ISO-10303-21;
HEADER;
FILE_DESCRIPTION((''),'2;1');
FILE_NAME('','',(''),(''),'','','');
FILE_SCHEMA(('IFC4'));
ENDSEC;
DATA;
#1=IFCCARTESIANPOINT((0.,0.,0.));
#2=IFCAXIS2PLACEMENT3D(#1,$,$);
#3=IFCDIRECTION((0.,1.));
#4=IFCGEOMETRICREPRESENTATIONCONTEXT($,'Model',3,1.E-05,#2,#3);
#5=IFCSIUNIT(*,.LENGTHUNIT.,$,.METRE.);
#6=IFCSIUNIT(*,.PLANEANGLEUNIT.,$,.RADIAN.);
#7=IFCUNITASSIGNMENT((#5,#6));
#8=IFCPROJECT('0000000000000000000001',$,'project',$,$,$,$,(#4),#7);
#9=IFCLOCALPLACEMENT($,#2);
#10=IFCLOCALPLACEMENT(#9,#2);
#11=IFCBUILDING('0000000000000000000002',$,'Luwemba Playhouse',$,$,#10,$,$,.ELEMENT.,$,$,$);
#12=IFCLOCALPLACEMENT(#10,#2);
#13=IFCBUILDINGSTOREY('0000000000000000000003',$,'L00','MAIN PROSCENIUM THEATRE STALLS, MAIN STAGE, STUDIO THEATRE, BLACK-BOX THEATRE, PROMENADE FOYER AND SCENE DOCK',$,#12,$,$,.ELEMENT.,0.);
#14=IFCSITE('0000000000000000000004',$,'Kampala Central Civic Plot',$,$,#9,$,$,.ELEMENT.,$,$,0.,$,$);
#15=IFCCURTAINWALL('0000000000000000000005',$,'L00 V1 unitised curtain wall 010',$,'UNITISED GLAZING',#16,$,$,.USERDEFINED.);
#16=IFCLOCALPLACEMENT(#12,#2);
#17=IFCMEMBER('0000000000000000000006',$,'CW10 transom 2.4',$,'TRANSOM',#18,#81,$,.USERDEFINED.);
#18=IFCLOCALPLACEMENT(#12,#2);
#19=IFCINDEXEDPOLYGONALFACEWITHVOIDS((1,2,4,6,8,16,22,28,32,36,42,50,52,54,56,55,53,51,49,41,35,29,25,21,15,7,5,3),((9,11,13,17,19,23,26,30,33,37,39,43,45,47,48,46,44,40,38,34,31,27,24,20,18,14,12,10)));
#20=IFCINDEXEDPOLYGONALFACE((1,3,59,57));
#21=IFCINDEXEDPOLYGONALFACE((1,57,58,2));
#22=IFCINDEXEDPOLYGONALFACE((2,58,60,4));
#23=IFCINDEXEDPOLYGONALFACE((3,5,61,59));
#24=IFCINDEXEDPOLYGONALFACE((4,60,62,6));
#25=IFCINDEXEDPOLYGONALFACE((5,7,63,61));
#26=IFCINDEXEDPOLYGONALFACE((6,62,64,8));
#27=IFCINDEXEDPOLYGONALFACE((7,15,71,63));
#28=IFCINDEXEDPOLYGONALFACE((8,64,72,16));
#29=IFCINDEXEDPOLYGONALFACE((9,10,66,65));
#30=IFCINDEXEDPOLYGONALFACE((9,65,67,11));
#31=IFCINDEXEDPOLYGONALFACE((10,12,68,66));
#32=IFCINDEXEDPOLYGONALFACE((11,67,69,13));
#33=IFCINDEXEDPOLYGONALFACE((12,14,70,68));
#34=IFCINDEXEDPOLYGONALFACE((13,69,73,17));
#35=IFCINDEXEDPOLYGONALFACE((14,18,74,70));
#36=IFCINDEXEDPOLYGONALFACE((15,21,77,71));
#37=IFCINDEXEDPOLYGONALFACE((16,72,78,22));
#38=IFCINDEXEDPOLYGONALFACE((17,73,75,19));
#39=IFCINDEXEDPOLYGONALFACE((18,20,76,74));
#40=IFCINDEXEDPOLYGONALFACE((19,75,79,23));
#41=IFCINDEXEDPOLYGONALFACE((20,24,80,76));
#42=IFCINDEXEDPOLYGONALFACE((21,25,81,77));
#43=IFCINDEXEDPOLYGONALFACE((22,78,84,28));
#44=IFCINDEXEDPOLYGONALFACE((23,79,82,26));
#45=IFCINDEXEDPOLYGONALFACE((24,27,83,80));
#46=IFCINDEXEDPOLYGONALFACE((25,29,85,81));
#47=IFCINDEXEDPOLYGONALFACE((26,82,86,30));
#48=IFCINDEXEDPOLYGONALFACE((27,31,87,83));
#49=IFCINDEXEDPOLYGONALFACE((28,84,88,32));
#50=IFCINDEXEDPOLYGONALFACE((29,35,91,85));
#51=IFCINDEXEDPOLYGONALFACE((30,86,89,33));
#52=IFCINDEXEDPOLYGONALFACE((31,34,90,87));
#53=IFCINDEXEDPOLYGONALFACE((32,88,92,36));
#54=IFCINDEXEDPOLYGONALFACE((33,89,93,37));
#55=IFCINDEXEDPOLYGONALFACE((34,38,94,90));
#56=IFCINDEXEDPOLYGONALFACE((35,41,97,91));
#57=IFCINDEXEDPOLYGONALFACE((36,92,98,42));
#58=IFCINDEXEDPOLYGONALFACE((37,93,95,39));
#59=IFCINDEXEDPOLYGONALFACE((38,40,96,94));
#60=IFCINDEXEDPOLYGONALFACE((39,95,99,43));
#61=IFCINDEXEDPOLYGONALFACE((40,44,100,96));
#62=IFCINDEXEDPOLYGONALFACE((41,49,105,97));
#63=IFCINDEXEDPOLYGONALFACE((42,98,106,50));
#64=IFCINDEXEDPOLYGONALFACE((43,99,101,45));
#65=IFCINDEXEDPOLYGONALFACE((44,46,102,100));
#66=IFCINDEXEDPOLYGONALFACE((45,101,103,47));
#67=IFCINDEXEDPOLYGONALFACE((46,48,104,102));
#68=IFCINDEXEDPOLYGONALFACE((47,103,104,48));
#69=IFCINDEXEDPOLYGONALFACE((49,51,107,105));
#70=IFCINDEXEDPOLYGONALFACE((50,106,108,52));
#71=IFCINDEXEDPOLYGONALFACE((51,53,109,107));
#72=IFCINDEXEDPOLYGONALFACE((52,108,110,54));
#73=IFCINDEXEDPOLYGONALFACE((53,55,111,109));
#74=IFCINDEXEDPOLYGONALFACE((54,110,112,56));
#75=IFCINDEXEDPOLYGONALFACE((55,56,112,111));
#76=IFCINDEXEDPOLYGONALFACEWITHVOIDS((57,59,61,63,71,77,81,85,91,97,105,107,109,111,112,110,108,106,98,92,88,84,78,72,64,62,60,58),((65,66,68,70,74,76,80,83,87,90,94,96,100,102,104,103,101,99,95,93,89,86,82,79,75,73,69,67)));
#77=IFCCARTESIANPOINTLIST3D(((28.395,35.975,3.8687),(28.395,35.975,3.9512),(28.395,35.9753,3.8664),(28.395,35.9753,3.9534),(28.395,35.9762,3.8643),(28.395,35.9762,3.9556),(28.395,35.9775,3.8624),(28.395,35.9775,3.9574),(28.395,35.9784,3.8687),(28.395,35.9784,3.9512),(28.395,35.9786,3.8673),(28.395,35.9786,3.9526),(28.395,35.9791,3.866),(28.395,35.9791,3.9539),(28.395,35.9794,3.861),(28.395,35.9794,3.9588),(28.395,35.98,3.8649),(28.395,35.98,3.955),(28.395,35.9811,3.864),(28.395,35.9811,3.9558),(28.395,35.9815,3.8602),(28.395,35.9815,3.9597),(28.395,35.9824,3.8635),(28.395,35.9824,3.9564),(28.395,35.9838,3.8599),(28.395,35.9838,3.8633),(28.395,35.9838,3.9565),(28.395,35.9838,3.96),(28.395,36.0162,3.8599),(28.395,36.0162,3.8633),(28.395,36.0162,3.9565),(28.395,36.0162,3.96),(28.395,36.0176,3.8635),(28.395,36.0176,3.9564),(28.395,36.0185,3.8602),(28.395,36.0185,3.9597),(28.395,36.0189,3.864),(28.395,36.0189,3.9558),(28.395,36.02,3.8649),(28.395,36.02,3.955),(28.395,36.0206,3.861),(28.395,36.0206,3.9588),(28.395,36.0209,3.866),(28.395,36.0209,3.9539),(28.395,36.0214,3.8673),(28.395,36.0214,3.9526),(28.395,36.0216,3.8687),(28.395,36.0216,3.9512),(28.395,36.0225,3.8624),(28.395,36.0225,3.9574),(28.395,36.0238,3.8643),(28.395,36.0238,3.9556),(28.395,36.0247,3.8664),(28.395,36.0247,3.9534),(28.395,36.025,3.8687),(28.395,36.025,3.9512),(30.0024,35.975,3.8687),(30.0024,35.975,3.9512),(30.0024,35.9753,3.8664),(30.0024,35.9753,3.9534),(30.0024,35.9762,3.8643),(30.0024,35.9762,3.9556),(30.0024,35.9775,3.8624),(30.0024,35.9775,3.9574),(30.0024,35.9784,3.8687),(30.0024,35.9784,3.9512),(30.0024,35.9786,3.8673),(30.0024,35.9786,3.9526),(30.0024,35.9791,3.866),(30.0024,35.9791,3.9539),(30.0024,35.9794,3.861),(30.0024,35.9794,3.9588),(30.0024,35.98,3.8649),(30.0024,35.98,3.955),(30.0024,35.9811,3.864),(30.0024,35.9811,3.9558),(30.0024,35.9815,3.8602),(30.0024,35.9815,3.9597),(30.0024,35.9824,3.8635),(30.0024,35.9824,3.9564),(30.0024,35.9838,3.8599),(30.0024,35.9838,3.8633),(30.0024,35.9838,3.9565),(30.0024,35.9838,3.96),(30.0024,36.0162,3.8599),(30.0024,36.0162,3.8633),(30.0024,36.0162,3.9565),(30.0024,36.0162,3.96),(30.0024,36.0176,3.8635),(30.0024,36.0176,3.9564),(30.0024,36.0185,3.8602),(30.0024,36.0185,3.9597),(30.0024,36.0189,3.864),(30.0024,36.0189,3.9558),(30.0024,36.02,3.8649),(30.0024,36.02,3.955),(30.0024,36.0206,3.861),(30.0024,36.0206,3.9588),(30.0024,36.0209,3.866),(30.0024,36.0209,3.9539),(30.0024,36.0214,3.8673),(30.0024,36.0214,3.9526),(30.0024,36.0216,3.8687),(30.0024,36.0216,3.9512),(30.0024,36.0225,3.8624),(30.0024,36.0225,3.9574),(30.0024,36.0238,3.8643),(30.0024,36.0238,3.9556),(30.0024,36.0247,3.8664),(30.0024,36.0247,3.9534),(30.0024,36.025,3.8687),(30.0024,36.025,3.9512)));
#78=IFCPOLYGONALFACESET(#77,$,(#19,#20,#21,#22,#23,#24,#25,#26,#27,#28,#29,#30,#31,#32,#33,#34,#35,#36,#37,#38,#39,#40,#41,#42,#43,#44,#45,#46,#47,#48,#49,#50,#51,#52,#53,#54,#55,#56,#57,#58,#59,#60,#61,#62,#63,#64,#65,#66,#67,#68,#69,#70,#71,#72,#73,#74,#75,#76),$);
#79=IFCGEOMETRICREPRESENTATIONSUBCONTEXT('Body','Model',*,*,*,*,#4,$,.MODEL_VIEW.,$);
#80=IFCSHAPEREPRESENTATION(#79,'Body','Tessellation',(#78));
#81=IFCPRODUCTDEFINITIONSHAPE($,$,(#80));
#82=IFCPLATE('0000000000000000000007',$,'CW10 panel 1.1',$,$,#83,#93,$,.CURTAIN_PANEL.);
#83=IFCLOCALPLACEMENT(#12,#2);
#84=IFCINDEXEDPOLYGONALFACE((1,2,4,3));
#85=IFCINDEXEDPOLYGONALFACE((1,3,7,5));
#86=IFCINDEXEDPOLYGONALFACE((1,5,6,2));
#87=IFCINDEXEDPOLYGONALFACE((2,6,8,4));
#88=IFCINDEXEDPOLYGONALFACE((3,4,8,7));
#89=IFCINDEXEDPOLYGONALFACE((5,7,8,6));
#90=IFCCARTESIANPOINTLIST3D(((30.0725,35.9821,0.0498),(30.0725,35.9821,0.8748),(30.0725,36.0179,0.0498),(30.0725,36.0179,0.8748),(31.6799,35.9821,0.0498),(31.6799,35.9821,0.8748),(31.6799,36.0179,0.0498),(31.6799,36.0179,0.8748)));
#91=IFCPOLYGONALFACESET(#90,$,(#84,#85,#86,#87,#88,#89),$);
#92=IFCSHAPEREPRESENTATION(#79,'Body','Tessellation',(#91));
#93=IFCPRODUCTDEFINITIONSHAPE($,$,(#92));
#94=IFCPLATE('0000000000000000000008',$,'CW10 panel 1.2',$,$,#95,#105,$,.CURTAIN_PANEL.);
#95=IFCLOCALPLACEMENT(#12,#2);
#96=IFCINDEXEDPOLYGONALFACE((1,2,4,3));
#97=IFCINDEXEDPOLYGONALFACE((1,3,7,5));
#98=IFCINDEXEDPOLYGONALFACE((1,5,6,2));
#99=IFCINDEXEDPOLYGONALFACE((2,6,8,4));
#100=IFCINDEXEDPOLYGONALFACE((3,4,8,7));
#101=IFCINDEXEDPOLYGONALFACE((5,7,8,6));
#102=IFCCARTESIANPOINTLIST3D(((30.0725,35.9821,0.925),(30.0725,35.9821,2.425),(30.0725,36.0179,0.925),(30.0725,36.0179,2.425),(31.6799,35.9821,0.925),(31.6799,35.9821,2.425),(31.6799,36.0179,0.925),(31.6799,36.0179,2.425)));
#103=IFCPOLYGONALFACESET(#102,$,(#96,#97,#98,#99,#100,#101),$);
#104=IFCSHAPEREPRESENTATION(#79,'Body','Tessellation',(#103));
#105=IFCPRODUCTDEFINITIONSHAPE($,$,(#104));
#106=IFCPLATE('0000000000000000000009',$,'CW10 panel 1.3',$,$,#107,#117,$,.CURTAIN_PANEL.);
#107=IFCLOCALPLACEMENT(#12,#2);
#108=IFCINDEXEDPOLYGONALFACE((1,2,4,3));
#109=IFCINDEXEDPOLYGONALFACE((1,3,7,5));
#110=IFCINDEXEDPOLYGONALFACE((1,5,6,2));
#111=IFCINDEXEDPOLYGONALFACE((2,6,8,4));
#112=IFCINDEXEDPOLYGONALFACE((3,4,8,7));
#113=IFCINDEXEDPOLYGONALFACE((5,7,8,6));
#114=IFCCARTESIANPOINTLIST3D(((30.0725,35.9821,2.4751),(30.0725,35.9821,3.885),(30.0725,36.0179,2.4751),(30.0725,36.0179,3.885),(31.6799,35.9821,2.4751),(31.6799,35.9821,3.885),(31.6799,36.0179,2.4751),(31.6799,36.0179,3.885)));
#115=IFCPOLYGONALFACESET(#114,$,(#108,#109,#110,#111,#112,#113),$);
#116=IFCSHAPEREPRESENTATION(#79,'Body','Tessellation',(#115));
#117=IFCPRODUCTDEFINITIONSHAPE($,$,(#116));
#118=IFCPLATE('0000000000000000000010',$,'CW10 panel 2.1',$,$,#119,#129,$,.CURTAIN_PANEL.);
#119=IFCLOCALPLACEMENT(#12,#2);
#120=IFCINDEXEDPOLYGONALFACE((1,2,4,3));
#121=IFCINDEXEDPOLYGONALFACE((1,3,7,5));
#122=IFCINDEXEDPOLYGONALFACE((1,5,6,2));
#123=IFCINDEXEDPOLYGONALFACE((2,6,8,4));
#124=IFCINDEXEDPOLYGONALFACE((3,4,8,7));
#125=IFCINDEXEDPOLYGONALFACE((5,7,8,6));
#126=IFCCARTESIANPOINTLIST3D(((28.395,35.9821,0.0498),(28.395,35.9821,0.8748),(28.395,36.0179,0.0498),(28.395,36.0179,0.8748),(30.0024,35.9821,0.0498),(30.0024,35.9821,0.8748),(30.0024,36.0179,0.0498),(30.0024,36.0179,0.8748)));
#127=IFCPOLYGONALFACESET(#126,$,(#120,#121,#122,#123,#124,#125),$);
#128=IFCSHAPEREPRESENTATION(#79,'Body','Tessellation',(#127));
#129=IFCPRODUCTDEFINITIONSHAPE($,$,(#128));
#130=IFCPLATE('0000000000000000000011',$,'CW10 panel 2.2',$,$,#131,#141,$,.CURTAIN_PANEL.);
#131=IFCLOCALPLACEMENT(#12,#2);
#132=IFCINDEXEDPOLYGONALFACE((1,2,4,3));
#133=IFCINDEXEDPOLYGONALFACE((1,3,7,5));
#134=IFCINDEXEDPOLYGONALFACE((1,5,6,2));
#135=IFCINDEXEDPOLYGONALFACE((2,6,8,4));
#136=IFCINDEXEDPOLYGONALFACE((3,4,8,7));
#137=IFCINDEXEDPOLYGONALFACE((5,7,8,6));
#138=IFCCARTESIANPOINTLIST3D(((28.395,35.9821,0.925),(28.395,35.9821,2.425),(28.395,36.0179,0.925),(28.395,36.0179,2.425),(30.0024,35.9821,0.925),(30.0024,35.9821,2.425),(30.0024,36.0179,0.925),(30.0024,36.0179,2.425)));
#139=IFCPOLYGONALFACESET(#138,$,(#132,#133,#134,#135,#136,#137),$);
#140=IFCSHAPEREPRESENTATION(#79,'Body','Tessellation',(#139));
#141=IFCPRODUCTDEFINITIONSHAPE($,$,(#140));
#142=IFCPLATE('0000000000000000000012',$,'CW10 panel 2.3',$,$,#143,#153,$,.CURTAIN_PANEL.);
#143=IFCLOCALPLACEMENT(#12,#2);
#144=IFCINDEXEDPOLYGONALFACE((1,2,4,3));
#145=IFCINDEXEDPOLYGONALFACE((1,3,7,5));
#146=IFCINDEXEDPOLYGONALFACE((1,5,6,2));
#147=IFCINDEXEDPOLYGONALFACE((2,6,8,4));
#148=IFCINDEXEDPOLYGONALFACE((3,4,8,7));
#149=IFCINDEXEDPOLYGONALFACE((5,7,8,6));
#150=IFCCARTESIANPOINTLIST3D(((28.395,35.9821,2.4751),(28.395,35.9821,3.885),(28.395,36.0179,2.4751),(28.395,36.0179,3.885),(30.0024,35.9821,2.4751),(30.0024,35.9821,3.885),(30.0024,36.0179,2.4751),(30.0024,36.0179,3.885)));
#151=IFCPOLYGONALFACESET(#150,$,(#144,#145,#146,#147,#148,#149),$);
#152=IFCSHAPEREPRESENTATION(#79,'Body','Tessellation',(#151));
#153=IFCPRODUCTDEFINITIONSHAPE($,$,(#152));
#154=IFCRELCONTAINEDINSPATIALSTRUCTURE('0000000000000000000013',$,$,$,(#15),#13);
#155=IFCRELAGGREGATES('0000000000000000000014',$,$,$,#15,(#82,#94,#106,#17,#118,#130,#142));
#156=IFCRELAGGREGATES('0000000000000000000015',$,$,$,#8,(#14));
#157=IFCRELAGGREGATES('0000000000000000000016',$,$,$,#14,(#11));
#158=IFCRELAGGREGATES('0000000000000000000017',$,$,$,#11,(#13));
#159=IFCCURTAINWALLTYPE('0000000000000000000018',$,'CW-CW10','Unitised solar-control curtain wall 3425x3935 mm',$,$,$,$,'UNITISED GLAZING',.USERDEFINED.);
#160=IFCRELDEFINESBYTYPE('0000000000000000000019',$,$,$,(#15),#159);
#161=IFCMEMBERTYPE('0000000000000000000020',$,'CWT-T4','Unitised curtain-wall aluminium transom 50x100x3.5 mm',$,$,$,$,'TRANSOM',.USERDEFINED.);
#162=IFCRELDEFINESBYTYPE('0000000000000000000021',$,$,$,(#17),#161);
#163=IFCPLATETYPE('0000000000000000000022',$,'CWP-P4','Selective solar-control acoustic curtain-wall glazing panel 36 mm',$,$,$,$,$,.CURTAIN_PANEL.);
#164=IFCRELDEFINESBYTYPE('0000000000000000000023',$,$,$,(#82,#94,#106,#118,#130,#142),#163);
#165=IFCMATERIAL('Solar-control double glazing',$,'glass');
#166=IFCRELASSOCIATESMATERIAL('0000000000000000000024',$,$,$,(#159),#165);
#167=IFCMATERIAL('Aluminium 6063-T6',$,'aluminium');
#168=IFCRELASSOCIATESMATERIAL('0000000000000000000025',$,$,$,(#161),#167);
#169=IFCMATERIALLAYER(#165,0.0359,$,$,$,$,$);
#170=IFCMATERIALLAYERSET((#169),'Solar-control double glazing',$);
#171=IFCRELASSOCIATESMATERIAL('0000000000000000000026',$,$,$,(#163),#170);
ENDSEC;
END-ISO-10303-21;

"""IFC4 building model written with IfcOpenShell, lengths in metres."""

from ifc_helpers import new_model, si_unit, direction, frame, origin, origin_2d, place, context, subcontext, project, spatial, rectangle, hollow_rectangle, extrude, material, layer, layer_set, material_profile, profile_set, type_object, element, aggregate, save


model = new_model("IFC4")

# Units and contexts
model_context = context("Model", 3, precision=1e-05, world=origin(), true_north=direction((0.0, 1.0)))
body_context = subcontext(model_context, "Body", "Model", "MODEL_VIEW")
ifc_project = project(units=[si_unit("LENGTHUNIT", "METRE"), si_unit("PLANEANGLEUNIT", "RADIAN")], contexts=[model_context])

# Site, building, storey
site_placement = place(None, origin())
site = spatial("IfcSite", under=ifc_project, at=site_placement, Name="Kampala Central Civic Plot", CompositionType="ELEMENT", RefElevation=0.0)
building_placement = place(site_placement, origin())
building = spatial("IfcBuilding", under=site, at=building_placement, Name="Luwemba Playhouse", CompositionType="ELEMENT")
storey_placement = place(building_placement, origin())
storey = spatial("IfcBuildingStorey", under=building, at=storey_placement, Name="L00", Description="MAIN PROSCENIUM THEATRE STALLS, MAIN STAGE, STUDIO THEATRE, BLACK-BOX THEATRE, PROMENADE FOYER AND SCENE DOCK", CompositionType="ELEMENT", Elevation=0.0)

# Curtain wall, member, plates
ifc_material_1 = material(Name="Solar-control double glazing", Category="glass")
curtain_wall_type = type_object("IfcCurtainWallType", Name="CW-CW10", Description="Unitised solar-control curtain wall 3425x3935 mm", ElementType="UNITISED GLAZING", PredefinedType="USERDEFINED", material=ifc_material_1)
curtain_wall_placement = place(storey_placement, origin())
curtain_wall = element("IfcCurtainWall", 1, at=curtain_wall_placement, inside=storey, type_object=curtain_wall_type, Name="L00 V1 unitised curtain wall 010", ObjectType="UNITISED GLAZING", PredefinedType="USERDEFINED")
ifc_material_2 = material(Name="Aluminium 6063-T6", Category="aluminium")
ifc_material_profile_1 = material_profile(ifc_material_2, hollow_rectangle(XDim=0.05, YDim=0.1001, WallThickness=0.0034, InnerFilletRadius=0.0054, OuterFilletRadius=0.0088, at=origin_2d()))
ifc_profile_set_1 = profile_set([ifc_material_profile_1], Name="Aluminium 6063-T6")
member_type_1 = type_object("IfcMemberType", Name="CWT-T4", Description="Unitised curtain-wall aluminium transom 50x100x3.5 mm", ElementType="TRANSOM", PredefinedType="USERDEFINED", material=ifc_profile_set_1)
member_1_placement = place(storey_placement, frame((30.0024, 36.0, 3.9099), z_axis=(-1.0, 0.0, 0.0), x_axis=(0.0, -1.0, 0.0)))
member_1 = element("IfcMember", 2, at=member_1_placement, type_object=member_type_1, Name="CW10 transom 2.4", ObjectType="TRANSOM", PredefinedType="USERDEFINED", context=body_context, shape_type="SweptSolid", body=[
    extrude(hollow_rectangle(XDim=0.05, YDim=0.1001, WallThickness=0.0034, InnerFilletRadius=0.0054, OuterFilletRadius=0.0088, at=origin_2d()), origin(), (0.0, 0.0, 1.0), 1.6074),
])
ifc_layer = layer(ifc_material_1, 0.0359)
ifc_layer_set = layer_set([ifc_layer], Name="Solar-control double glazing")
plate_type = type_object("IfcPlateType", Name="CWP-P4", Description="Selective solar-control acoustic curtain-wall glazing panel 36 mm", PredefinedType="CURTAIN_PANEL", material=ifc_layer_set)
plate_1_placement = place(storey_placement, frame((30.8762, 36.0, 0.0498), z_axis=(0.0, 0.0, 1.0), x_axis=(-1.0, 0.0, 0.0)))
plate_1 = element("IfcPlate", 3, at=plate_1_placement, type_object=plate_type, Name="CW10 panel 1.1", PredefinedType="CURTAIN_PANEL", context=body_context, shape_type="SweptSolid", body=[
    extrude(rectangle(XDim=1.6074, YDim=0.0359, at=origin_2d()), origin(), (0.0, 0.0, 1.0), 0.825),
])
plate_2_placement = place(storey_placement, frame((30.8762, 36.0, 0.925), z_axis=(0.0, 0.0, 1.0), x_axis=(-1.0, 0.0, 0.0)))
plate_2 = element("IfcPlate", 4, at=plate_2_placement, type_object=plate_type, Name="CW10 panel 1.2", PredefinedType="CURTAIN_PANEL", context=body_context, shape_type="SweptSolid", body=[
    extrude(rectangle(XDim=1.6074, YDim=0.0359, at=origin_2d()), origin(), (0.0, 0.0, 1.0), 1.5),
])
plate_3_placement = place(storey_placement, frame((30.8762, 36.0, 2.4751), z_axis=(0.0, 0.0, 1.0), x_axis=(-1.0, 0.0, 0.0)))
plate_3 = element("IfcPlate", 5, at=plate_3_placement, type_object=plate_type, Name="CW10 panel 1.3", PredefinedType="CURTAIN_PANEL", context=body_context, shape_type="SweptSolid", body=[
    extrude(rectangle(XDim=1.6074, YDim=0.0359, at=origin_2d()), origin(), (0.0, 0.0, 1.0), 1.4099),
])
plate_4_placement = place(storey_placement, frame((29.1987, 36.0, 0.0498), z_axis=(0.0, 0.0, 1.0), x_axis=(-1.0, 0.0, 0.0)))
plate_4 = element("IfcPlate", 6, at=plate_4_placement, type_object=plate_type, Name="CW10 panel 2.1", PredefinedType="CURTAIN_PANEL", context=body_context, shape_type="SweptSolid", body=[
    extrude(rectangle(XDim=1.6074, YDim=0.0359, at=origin_2d()), origin(), (0.0, 0.0, 1.0), 0.825),
])
plate_5_placement = place(storey_placement, frame((29.1987, 36.0, 0.925), z_axis=(0.0, 0.0, 1.0), x_axis=(-1.0, 0.0, 0.0)))
plate_5 = element("IfcPlate", 7, at=plate_5_placement, type_object=plate_type, Name="CW10 panel 2.2", PredefinedType="CURTAIN_PANEL", context=body_context, shape_type="SweptSolid", body=[
    extrude(rectangle(XDim=1.6074, YDim=0.0359, at=origin_2d()), origin(), (0.0, 0.0, 1.0), 1.5),
])
plate_6_placement = place(storey_placement, frame((29.1987, 36.0, 2.4751), z_axis=(0.0, 0.0, 1.0), x_axis=(-1.0, 0.0, 0.0)))
plate_6 = element("IfcPlate", 8, at=plate_6_placement, type_object=plate_type, Name="CW10 panel 2.3", PredefinedType="CURTAIN_PANEL", context=body_context, shape_type="SweptSolid", body=[
    extrude(rectangle(XDim=1.6074, YDim=0.0359, at=origin_2d()), origin(), (0.0, 0.0, 1.0), 1.4099),
])
aggregate(curtain_wall, [plate_1, plate_2, plate_3, member_1, plate_4, plate_5, plate_6])

save(model, "model.ifc")
